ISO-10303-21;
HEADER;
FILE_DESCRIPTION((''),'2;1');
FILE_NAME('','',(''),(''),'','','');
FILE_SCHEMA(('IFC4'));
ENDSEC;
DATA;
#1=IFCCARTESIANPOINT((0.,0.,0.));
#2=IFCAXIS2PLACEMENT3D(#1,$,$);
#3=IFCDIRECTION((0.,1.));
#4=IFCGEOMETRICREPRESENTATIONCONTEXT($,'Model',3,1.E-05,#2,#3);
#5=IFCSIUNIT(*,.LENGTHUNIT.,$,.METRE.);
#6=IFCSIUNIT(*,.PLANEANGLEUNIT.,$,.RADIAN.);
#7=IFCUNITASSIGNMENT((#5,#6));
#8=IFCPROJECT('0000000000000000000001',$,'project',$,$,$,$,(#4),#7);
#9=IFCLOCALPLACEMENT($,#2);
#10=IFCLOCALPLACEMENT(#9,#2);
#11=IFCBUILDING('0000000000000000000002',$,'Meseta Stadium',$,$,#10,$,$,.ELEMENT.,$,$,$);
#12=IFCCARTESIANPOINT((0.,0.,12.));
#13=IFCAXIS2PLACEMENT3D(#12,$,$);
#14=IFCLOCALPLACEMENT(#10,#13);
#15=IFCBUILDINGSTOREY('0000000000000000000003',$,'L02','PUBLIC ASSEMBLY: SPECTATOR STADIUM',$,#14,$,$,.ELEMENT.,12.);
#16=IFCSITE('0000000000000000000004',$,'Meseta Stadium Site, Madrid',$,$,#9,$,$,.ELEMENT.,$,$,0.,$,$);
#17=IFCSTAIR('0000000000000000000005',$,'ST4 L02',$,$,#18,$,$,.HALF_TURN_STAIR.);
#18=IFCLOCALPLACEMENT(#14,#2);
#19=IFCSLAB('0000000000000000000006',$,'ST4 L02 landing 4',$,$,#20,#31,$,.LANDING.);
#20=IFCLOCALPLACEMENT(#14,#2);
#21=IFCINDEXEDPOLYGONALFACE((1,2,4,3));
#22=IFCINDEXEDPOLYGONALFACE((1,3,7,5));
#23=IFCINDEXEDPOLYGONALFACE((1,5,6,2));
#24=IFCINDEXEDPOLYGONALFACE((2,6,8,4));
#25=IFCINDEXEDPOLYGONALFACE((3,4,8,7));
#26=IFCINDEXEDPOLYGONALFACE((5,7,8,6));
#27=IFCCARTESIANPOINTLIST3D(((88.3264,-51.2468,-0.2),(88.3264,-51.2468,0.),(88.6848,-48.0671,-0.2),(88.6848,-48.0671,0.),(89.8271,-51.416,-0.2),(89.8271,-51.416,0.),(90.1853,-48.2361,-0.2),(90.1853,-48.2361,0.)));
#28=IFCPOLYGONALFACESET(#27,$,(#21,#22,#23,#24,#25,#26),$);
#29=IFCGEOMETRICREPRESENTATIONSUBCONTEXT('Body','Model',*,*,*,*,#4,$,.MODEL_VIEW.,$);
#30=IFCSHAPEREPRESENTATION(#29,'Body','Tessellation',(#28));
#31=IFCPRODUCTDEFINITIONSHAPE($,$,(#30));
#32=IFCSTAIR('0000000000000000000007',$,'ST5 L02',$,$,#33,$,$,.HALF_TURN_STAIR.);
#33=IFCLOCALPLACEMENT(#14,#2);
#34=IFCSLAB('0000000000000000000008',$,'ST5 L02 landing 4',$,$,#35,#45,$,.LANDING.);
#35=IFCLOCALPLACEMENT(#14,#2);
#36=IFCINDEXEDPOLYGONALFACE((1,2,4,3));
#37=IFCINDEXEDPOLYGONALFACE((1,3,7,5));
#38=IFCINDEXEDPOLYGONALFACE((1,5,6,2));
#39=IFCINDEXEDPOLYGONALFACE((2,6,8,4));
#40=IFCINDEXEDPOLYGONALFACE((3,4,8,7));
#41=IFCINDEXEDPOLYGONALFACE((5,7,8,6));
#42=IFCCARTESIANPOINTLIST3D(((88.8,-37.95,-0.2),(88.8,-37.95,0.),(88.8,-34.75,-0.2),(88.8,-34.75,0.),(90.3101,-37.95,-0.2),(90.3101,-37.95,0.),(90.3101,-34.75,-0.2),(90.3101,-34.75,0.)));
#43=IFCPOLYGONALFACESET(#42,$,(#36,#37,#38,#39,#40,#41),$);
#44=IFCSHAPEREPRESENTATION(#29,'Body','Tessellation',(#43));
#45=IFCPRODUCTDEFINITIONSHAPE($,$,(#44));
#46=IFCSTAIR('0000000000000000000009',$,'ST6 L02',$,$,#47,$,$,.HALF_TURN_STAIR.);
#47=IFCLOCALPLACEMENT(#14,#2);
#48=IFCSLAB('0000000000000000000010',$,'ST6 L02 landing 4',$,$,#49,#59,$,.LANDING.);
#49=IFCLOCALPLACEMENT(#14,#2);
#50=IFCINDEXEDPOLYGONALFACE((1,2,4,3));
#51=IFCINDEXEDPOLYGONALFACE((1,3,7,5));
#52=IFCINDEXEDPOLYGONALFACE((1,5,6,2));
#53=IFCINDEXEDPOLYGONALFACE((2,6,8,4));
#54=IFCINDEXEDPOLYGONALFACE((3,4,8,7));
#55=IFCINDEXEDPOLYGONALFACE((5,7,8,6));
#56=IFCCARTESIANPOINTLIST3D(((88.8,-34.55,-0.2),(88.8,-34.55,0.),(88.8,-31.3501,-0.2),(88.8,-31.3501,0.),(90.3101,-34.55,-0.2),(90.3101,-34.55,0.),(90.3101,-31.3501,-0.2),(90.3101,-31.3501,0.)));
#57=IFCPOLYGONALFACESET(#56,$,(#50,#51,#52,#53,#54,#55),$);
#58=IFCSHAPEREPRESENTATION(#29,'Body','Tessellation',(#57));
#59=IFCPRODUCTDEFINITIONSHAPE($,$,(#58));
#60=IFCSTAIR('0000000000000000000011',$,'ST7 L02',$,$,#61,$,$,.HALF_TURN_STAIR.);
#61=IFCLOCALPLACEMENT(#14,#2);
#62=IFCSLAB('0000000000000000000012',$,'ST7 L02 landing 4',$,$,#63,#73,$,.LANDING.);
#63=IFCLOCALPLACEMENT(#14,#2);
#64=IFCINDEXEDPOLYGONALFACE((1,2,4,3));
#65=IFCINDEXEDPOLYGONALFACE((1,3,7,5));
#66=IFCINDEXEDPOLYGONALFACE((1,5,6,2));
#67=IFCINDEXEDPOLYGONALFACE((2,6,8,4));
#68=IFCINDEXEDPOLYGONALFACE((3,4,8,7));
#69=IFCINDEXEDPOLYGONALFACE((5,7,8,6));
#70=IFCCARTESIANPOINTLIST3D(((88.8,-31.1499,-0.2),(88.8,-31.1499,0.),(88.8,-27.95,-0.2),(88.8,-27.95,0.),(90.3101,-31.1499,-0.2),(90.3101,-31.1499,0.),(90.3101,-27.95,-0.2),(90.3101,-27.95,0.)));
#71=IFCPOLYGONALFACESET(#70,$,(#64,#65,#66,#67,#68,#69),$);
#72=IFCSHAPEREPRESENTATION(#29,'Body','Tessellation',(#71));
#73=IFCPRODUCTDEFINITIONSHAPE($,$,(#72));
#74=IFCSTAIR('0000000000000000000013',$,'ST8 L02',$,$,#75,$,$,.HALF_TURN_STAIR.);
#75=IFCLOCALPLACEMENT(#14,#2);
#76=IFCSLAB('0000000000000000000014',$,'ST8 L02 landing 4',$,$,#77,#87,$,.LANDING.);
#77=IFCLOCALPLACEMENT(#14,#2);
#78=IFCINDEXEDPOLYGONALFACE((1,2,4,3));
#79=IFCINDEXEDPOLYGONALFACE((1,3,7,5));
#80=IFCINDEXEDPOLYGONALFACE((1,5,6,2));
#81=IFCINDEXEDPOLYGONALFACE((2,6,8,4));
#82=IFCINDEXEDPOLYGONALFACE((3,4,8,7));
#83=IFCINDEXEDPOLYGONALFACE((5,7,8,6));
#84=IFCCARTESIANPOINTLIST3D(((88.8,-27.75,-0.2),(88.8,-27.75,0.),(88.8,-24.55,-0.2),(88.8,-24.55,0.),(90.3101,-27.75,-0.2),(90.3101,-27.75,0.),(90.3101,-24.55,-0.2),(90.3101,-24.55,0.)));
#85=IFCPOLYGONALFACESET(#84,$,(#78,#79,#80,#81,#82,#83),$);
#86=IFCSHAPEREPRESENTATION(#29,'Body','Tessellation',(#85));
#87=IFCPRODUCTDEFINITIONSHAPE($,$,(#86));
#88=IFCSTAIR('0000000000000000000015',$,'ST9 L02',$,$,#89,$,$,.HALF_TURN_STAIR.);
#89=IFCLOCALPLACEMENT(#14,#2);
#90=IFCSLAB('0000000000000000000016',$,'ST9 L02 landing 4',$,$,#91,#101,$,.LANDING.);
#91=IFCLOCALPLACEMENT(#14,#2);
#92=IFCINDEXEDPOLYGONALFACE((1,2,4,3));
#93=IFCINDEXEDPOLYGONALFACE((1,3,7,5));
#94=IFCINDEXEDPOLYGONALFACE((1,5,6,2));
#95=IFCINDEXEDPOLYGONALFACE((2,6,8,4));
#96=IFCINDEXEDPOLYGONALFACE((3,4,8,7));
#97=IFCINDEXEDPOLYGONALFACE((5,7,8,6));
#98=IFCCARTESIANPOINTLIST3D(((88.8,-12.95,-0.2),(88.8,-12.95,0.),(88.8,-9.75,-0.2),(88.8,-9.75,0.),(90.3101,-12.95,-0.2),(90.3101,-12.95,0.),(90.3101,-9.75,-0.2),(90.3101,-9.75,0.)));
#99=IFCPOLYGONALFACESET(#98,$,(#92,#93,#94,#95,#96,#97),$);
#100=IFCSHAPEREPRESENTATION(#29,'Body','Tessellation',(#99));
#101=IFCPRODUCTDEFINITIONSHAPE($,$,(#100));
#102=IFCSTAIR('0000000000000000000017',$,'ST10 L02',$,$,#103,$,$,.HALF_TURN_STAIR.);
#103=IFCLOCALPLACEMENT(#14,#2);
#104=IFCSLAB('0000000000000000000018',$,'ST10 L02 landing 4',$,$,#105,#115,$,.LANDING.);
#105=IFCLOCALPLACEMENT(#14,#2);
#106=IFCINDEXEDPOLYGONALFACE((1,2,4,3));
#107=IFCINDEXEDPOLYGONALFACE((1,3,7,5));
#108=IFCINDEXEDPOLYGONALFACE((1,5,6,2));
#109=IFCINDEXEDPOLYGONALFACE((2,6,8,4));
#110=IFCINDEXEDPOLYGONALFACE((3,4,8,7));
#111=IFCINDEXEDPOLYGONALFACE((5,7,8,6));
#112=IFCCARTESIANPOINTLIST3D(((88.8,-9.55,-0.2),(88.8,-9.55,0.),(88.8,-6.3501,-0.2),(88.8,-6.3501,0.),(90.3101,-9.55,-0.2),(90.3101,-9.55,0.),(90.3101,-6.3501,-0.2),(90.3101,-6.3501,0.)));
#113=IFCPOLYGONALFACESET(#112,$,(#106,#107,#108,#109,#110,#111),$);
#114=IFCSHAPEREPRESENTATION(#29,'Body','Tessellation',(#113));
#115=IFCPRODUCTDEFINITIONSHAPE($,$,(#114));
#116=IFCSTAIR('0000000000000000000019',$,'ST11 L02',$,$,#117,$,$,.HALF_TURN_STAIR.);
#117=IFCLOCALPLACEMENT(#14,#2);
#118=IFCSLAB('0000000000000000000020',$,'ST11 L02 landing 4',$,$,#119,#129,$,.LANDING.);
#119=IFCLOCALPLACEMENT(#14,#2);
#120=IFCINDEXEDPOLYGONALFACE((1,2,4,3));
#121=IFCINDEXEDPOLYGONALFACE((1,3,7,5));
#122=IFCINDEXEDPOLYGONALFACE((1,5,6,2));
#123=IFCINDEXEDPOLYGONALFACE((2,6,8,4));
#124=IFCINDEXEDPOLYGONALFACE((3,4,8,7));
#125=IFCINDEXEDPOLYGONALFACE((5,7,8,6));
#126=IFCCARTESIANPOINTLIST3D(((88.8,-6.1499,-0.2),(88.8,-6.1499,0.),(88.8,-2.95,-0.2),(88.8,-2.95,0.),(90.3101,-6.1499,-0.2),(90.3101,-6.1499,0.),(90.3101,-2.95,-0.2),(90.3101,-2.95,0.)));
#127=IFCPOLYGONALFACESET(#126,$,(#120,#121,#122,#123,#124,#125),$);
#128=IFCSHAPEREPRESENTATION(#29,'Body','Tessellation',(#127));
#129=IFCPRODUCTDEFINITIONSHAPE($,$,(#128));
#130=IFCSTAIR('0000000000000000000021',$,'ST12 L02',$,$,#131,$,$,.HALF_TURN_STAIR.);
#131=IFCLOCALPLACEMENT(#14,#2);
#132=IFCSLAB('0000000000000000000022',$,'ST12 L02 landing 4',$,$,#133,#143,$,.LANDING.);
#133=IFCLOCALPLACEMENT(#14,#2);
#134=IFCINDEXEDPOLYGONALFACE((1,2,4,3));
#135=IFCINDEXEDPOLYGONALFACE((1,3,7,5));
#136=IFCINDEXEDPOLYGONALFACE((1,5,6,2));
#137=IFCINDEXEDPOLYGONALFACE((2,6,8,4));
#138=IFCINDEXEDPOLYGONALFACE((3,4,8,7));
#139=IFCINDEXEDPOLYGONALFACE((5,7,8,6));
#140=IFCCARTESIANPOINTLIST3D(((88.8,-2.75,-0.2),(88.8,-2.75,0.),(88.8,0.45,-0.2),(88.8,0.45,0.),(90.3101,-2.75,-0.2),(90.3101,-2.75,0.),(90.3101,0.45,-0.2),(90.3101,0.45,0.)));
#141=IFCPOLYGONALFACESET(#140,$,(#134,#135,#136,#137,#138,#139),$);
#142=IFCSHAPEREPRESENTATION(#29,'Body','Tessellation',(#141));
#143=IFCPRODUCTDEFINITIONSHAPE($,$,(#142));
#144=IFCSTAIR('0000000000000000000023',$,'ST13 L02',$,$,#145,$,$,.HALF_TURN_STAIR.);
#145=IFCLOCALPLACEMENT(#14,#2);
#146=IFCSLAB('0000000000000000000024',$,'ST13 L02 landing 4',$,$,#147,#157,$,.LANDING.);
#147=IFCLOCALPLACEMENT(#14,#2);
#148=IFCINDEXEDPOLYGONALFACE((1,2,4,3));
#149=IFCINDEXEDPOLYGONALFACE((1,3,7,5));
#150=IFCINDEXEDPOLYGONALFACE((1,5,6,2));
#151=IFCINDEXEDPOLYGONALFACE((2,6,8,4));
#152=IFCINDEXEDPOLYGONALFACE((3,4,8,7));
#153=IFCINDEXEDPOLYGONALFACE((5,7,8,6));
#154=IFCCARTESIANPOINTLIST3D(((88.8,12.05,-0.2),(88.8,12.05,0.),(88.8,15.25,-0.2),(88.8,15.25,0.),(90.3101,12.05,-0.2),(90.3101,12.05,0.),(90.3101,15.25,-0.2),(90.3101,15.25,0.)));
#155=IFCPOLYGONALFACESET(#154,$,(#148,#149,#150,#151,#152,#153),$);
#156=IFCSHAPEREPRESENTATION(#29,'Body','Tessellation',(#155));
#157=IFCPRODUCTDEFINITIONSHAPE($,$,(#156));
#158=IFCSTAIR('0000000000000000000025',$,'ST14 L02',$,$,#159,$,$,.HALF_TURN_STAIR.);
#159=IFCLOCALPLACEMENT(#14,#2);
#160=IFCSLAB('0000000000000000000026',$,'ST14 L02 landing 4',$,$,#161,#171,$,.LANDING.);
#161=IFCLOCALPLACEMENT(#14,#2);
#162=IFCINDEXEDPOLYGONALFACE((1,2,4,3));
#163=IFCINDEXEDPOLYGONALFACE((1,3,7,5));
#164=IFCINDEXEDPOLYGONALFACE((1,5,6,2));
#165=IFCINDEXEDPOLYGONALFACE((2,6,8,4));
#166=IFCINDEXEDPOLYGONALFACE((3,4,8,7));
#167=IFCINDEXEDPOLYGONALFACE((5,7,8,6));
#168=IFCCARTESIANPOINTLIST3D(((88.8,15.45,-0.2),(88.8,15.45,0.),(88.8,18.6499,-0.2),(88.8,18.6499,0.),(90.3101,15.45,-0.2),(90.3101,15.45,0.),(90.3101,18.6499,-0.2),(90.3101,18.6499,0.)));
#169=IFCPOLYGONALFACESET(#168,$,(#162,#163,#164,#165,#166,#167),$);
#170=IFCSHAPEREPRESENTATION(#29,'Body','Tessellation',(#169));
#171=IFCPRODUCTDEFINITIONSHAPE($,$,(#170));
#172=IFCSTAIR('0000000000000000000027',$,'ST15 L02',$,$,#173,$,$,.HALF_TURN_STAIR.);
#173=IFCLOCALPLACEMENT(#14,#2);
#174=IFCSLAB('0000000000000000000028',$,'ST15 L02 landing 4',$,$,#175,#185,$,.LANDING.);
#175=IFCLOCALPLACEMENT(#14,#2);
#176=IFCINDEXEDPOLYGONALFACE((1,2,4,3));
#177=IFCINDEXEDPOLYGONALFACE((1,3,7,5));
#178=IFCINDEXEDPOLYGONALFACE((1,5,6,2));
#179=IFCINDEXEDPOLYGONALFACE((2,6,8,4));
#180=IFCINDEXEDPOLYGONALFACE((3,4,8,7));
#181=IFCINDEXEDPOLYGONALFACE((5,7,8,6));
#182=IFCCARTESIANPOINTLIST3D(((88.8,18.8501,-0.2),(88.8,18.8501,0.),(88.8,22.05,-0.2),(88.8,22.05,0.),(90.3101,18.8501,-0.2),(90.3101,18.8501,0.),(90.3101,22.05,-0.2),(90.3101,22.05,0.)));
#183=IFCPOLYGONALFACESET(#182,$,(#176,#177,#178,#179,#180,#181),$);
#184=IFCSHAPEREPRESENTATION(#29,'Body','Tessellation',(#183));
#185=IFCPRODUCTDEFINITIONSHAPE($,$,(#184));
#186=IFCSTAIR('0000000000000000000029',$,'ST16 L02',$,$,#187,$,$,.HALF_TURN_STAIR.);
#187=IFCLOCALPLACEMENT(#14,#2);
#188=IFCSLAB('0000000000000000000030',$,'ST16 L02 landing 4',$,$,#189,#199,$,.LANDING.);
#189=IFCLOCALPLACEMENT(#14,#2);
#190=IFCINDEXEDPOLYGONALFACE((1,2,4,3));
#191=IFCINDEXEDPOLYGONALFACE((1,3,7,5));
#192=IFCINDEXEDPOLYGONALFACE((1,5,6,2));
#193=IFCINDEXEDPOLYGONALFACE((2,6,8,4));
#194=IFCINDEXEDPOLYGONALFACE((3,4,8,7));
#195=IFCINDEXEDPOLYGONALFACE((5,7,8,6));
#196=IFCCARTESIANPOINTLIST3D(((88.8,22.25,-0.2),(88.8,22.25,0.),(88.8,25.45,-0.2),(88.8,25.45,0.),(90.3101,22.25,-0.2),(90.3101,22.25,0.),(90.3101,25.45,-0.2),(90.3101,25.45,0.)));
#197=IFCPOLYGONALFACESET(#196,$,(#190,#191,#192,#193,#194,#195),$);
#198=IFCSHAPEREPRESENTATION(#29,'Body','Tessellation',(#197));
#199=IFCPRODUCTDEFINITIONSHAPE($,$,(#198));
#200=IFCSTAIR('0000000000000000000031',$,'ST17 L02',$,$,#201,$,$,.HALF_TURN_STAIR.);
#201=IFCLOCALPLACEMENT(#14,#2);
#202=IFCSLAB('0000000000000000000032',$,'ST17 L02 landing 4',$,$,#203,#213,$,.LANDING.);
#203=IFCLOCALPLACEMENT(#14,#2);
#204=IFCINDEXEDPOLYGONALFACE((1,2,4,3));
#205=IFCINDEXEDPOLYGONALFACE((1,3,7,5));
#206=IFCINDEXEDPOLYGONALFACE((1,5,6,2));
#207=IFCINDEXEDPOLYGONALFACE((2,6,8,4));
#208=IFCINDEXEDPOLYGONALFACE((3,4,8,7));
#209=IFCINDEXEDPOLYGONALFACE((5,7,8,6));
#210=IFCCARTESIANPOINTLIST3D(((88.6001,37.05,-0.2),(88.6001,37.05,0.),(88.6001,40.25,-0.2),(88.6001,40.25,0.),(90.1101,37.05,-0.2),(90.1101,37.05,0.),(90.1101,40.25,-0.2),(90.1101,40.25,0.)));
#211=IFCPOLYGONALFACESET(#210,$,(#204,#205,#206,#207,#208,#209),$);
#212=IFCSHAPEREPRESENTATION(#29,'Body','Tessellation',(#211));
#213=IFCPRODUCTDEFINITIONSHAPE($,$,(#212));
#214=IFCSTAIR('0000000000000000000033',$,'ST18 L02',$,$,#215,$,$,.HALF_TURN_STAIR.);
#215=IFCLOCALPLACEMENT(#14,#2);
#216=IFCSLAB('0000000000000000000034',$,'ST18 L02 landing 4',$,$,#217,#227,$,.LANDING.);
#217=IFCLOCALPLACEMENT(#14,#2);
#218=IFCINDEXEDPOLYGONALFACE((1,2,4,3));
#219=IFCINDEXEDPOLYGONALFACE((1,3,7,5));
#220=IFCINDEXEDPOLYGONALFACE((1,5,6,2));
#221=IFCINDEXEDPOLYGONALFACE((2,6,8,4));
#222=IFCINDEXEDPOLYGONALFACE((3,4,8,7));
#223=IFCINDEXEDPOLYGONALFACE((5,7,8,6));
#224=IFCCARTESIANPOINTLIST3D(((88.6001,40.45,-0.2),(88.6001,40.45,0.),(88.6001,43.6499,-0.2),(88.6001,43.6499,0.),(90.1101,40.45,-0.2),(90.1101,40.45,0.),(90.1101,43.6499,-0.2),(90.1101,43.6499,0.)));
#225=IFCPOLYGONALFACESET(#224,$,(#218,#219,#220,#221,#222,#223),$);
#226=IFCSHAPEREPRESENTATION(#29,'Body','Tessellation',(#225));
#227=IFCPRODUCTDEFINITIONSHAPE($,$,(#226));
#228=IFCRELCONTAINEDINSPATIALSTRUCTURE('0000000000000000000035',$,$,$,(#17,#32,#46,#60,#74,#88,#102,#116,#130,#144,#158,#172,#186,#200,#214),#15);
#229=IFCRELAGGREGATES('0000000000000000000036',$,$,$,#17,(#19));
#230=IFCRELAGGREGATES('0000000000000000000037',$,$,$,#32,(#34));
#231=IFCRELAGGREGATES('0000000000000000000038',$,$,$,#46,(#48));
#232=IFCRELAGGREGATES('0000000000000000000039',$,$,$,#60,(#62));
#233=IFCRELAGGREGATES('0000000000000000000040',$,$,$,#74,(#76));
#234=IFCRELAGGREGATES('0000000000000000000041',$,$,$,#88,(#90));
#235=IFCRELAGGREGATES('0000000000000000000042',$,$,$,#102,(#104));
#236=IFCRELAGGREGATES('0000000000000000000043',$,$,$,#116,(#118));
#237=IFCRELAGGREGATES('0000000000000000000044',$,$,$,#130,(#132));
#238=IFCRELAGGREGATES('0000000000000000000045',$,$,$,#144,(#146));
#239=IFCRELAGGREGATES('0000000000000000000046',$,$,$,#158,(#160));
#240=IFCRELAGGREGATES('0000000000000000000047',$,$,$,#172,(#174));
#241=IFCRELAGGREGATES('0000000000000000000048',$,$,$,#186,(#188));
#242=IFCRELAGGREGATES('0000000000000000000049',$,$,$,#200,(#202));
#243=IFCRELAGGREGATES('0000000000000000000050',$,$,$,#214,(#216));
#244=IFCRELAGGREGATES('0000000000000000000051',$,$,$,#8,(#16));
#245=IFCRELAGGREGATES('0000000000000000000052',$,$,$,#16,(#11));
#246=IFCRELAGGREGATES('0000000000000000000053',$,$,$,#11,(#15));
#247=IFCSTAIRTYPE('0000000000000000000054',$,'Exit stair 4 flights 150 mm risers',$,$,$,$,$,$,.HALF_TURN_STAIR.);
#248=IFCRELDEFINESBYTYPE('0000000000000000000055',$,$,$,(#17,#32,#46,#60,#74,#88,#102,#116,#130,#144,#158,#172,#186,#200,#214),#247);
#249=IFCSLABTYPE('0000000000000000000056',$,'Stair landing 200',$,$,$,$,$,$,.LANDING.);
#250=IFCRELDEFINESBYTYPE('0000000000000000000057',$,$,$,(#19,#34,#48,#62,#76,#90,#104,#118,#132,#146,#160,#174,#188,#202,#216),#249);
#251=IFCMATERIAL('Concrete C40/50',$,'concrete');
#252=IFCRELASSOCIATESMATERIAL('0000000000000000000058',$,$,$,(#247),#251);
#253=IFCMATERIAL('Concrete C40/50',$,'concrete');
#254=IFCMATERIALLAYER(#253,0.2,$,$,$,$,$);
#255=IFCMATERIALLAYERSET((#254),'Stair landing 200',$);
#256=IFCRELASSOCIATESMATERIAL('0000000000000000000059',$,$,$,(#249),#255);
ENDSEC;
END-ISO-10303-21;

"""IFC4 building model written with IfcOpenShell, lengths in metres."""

from ifc_helpers import new_model, si_unit, direction, frame, origin, place, context, subcontext, project, spatial, polyline, outline, extrude, material, layer, layer_set, type_object, element, aggregate, save


model = new_model("IFC4")

# Units and contexts
model_context = context("Model", 3, precision=1e-05, world=origin(), true_north=direction((0.0, 1.0)))
body_context = subcontext(model_context, "Body", "Model", "MODEL_VIEW")
ifc_project = project(units=[si_unit("LENGTHUNIT", "METRE"), si_unit("PLANEANGLEUNIT", "RADIAN")], contexts=[model_context])

# Site, building, storey
site_placement = place(None, origin())
site = spatial("IfcSite", under=ifc_project, at=site_placement, Name="Meseta Stadium Site, Madrid", CompositionType="ELEMENT", RefElevation=0.0)
building_placement = place(site_placement, origin())
building = spatial("IfcBuilding", under=site, at=building_placement, Name="Meseta Stadium", CompositionType="ELEMENT")
storey_placement = place(building_placement, frame((0.0, 0.0, 12.0)))
storey = spatial("IfcBuildingStorey", under=building, at=storey_placement, Name="L02", Description="PUBLIC ASSEMBLY: SPECTATOR STADIUM", CompositionType="ELEMENT", Elevation=12.0)

# Stairs, slabs
ifc_material_1 = material(Name="Concrete C40/50", Category="concrete")
stair_type = type_object("IfcStairType", Name="Exit stair 4 flights 150 mm risers", PredefinedType="HALF_TURN_STAIR", material=ifc_material_1)
ifc_material_2 = material(Name="Concrete C40/50", Category="concrete")
ifc_layer_1 = layer(ifc_material_2, 0.2)
ifc_layer_set_1 = layer_set([ifc_layer_1], Name="Stair landing 200")
slab_type_1 = type_object("IfcSlabType", Name="Stair landing 200", PredefinedType="LANDING", material=ifc_layer_set_1)
stair_1_placement = place(storey_placement, origin())
stair_1 = element("IfcStair", 1, at=stair_1_placement, inside=storey, type_object=stair_type, Name="ST4 L02", PredefinedType="HALF_TURN_STAIR")
slab_1_placement = place(storey_placement, frame((0.0, 0.0, -0.2)))
slab_1 = element("IfcSlab", 2, at=slab_1_placement, type_object=slab_type_1, Name="ST4 L02 landing 4", PredefinedType="LANDING", context=body_context, shape_type="SweptSolid", body=[
    extrude(outline(polyline([(88.3264, -51.2468), (89.8271, -51.416), (90.1853, -48.2361), (88.6848, -48.0671), (88.3264, -51.2468)])), origin(), (0.0, 0.0, 1.0), 0.2),
])
aggregate(stair_1, [slab_1])
stair_2_placement = place(storey_placement, origin())
stair_2 = element("IfcStair", 3, at=stair_2_placement, inside=storey, type_object=stair_type, Name="ST5 L02", PredefinedType="HALF_TURN_STAIR")
slab_2_placement = place(storey_placement, frame((0.0, 0.0, -0.2)))
slab_2 = element("IfcSlab", 4, at=slab_2_placement, type_object=slab_type_1, Name="ST5 L02 landing 4", PredefinedType="LANDING", context=body_context, shape_type="SweptSolid", body=[
    extrude(outline(polyline([(88.8, -37.95), (90.3101, -37.95), (90.3101, -34.75), (88.8, -34.75), (88.8, -37.95)])), origin(), (0.0, 0.0, 1.0), 0.2),
])
aggregate(stair_2, [slab_2])
stair_3_placement = place(storey_placement, origin())
stair_3 = element("IfcStair", 5, at=stair_3_placement, inside=storey, type_object=stair_type, Name="ST6 L02", PredefinedType="HALF_TURN_STAIR")
slab_3_placement = place(storey_placement, frame((0.0, 0.0, -0.2)))
slab_3 = element("IfcSlab", 6, at=slab_3_placement, type_object=slab_type_1, Name="ST6 L02 landing 4", PredefinedType="LANDING", context=body_context, shape_type="SweptSolid", body=[
    extrude(outline(polyline([(88.8, -34.55), (90.3101, -34.55), (90.3101, -31.3501), (88.8, -31.3501), (88.8, -34.55)])), origin(), (0.0, 0.0, 1.0), 0.2),
])
aggregate(stair_3, [slab_3])
stair_4_placement = place(storey_placement, origin())
stair_4 = element("IfcStair", 7, at=stair_4_placement, inside=storey, type_object=stair_type, Name="ST7 L02", PredefinedType="HALF_TURN_STAIR")
slab_4_placement = place(storey_placement, frame((0.0, 0.0, -0.2)))
slab_4 = element("IfcSlab", 8, at=slab_4_placement, type_object=slab_type_1, Name="ST7 L02 landing 4", PredefinedType="LANDING", context=body_context, shape_type="SweptSolid", body=[
    extrude(outline(polyline([(88.8, -31.1499), (90.3101, -31.1499), (90.3101, -27.95), (88.8, -27.95), (88.8, -31.1499)])), origin(), (0.0, 0.0, 1.0), 0.2),
])
aggregate(stair_4, [slab_4])
stair_5_placement = place(storey_placement, origin())
stair_5 = element("IfcStair", 9, at=stair_5_placement, inside=storey, type_object=stair_type, Name="ST8 L02", PredefinedType="HALF_TURN_STAIR")
slab_5_placement = place(storey_placement, frame((0.0, 0.0, -0.2)))
slab_5 = element("IfcSlab", 10, at=slab_5_placement, type_object=slab_type_1, Name="ST8 L02 landing 4", PredefinedType="LANDING", context=body_context, shape_type="SweptSolid", body=[
    extrude(outline(polyline([(88.8, -27.75), (90.3101, -27.75), (90.3101, -24.55), (88.8, -24.55), (88.8, -27.75)])), origin(), (0.0, 0.0, 1.0), 0.2),
])
aggregate(stair_5, [slab_5])
stair_6_placement = place(storey_placement, origin())
stair_6 = element("IfcStair", 11, at=stair_6_placement, inside=storey, type_object=stair_type, Name="ST9 L02", PredefinedType="HALF_TURN_STAIR")
slab_6_placement = place(storey_placement, frame((0.0, 0.0, -0.2)))
slab_6 = element("IfcSlab", 12, at=slab_6_placement, type_object=slab_type_1, Name="ST9 L02 landing 4", PredefinedType="LANDING", context=body_context, shape_type="SweptSolid", body=[
    extrude(outline(polyline([(88.8, -12.95), (90.3101, -12.95), (90.3101, -9.75), (88.8, -9.75), (88.8, -12.95)])), origin(), (0.0, 0.0, 1.0), 0.2),
])
aggregate(stair_6, [slab_6])
stair_7_placement = place(storey_placement, origin())
stair_7 = element("IfcStair", 13, at=stair_7_placement, inside=storey, type_object=stair_type, Name="ST10 L02", PredefinedType="HALF_TURN_STAIR")
slab_7_placement = place(storey_placement, frame((0.0, 0.0, -0.2)))
slab_7 = element("IfcSlab", 14, at=slab_7_placement, type_object=slab_type_1, Name="ST10 L02 landing 4", PredefinedType="LANDING", context=body_context, shape_type="SweptSolid", body=[
    extrude(outline(polyline([(88.8, -9.55), (90.3101, -9.55), (90.3101, -6.3501), (88.8, -6.3501), (88.8, -9.55)])), origin(), (0.0, 0.0, 1.0), 0.2),
])
aggregate(stair_7, [slab_7])
stair_8_placement = place(storey_placement, origin())
stair_8 = element("IfcStair", 15, at=stair_8_placement, inside=storey, type_object=stair_type, Name="ST11 L02", PredefinedType="HALF_TURN_STAIR")
slab_8_placement = place(storey_placement, frame((0.0, 0.0, -0.2)))
slab_8 = element("IfcSlab", 16, at=slab_8_placement, type_object=slab_type_1, Name="ST11 L02 landing 4", PredefinedType="LANDING", context=body_context, shape_type="SweptSolid", body=[
    extrude(outline(polyline([(88.8, -6.1499), (90.3101, -6.1499), (90.3101, -2.95), (88.8, -2.95), (88.8, -6.1499)])), origin(), (0.0, 0.0, 1.0), 0.2),
])
aggregate(stair_8, [slab_8])
stair_9_placement = place(storey_placement, origin())
stair_9 = element("IfcStair", 17, at=stair_9_placement, inside=storey, type_object=stair_type, Name="ST12 L02", PredefinedType="HALF_TURN_STAIR")
slab_9_placement = place(storey_placement, frame((0.0, 0.0, -0.2)))
slab_9 = element("IfcSlab", 18, at=slab_9_placement, type_object=slab_type_1, Name="ST12 L02 landing 4", PredefinedType="LANDING", context=body_context, shape_type="SweptSolid", body=[
    extrude(outline(polyline([(88.8, -2.75), (90.3101, -2.75), (90.3101, 0.45), (88.8, 0.45), (88.8, -2.75)])), origin(), (0.0, 0.0, 1.0), 0.2),
])
aggregate(stair_9, [slab_9])
stair_10_placement = place(storey_placement, origin())
stair_10 = element("IfcStair", 19, at=stair_10_placement, inside=storey, type_object=stair_type, Name="ST13 L02", PredefinedType="HALF_TURN_STAIR")
slab_10_placement = place(storey_placement, frame((0.0, 0.0, -0.2)))
slab_10 = element("IfcSlab", 20, at=slab_10_placement, type_object=slab_type_1, Name="ST13 L02 landing 4", PredefinedType="LANDING", context=body_context, shape_type="SweptSolid", body=[
    extrude(outline(polyline([(88.8, 12.05), (90.3101, 12.05), (90.3101, 15.25), (88.8, 15.25), (88.8, 12.05)])), origin(), (0.0, 0.0, 1.0), 0.2),
])
aggregate(stair_10, [slab_10])
stair_11_placement = place(storey_placement, origin())
stair_11 = element("IfcStair", 21, at=stair_11_placement, inside=storey, type_object=stair_type, Name="ST14 L02", PredefinedType="HALF_TURN_STAIR")
slab_11_placement = place(storey_placement, frame((0.0, 0.0, -0.2)))
slab_11 = element("IfcSlab", 22, at=slab_11_placement, type_object=slab_type_1, Name="ST14 L02 landing 4", PredefinedType="LANDING", context=body_context, shape_type="SweptSolid", body=[
    extrude(outline(polyline([(88.8, 15.45), (90.3101, 15.45), (90.3101, 18.6499), (88.8, 18.6499), (88.8, 15.45)])), origin(), (0.0, 0.0, 1.0), 0.2),
])
aggregate(stair_11, [slab_11])
stair_12_placement = place(storey_placement, origin())
stair_12 = element("IfcStair", 23, at=stair_12_placement, inside=storey, type_object=stair_type, Name="ST15 L02", PredefinedType="HALF_TURN_STAIR")
slab_12_placement = place(storey_placement, frame((0.0, 0.0, -0.2)))
slab_12 = element("IfcSlab", 24, at=slab_12_placement, type_object=slab_type_1, Name="ST15 L02 landing 4", PredefinedType="LANDING", context=body_context, shape_type="SweptSolid", body=[
    extrude(outline(polyline([(88.8, 18.8501), (90.3101, 18.8501), (90.3101, 22.05), (88.8, 22.05), (88.8, 18.8501)])), origin(), (0.0, 0.0, 1.0), 0.2),
])
aggregate(stair_12, [slab_12])
stair_13_placement = place(storey_placement, origin())
stair_13 = element("IfcStair", 25, at=stair_13_placement, inside=storey, type_object=stair_type, Name="ST16 L02", PredefinedType="HALF_TURN_STAIR")
slab_13_placement = place(storey_placement, frame((0.0, 0.0, -0.2)))
slab_13 = element("IfcSlab", 26, at=slab_13_placement, type_object=slab_type_1, Name="ST16 L02 landing 4", PredefinedType="LANDING", context=body_context, shape_type="SweptSolid", body=[
    extrude(outline(polyline([(88.8, 22.25), (90.3101, 22.25), (90.3101, 25.45), (88.8, 25.45), (88.8, 22.25)])), origin(), (0.0, 0.0, 1.0), 0.2),
])
aggregate(stair_13, [slab_13])
stair_14_placement = place(storey_placement, origin())
stair_14 = element("IfcStair", 27, at=stair_14_placement, inside=storey, type_object=stair_type, Name="ST17 L02", PredefinedType="HALF_TURN_STAIR")
slab_14_placement = place(storey_placement, frame((0.0, 0.0, -0.2)))
slab_14 = element("IfcSlab", 28, at=slab_14_placement, type_object=slab_type_1, Name="ST17 L02 landing 4", PredefinedType="LANDING", context=body_context, shape_type="SweptSolid", body=[
    extrude(outline(polyline([(88.6001, 37.05), (90.1101, 37.05), (90.1101, 40.25), (88.6001, 40.25), (88.6001, 37.05)])), origin(), (0.0, 0.0, 1.0), 0.2),
])
aggregate(stair_14, [slab_14])
stair_15_placement = place(storey_placement, origin())
stair_15 = element("IfcStair", 29, at=stair_15_placement, inside=storey, type_object=stair_type, Name="ST18 L02", PredefinedType="HALF_TURN_STAIR")
slab_15_placement = place(storey_placement, frame((0.0, 0.0, -0.2)))
slab_15 = element("IfcSlab", 30, at=slab_15_placement, type_object=slab_type_1, Name="ST18 L02 landing 4", PredefinedType="LANDING", context=body_context, shape_type="SweptSolid", body=[
    extrude(outline(polyline([(88.6001, 40.45), (90.1101, 40.45), (90.1101, 43.6499), (88.6001, 43.6499), (88.6001, 40.45)])), origin(), (0.0, 0.0, 1.0), 0.2),
])
aggregate(stair_15, [slab_15])

save(model, "model.ifc")
